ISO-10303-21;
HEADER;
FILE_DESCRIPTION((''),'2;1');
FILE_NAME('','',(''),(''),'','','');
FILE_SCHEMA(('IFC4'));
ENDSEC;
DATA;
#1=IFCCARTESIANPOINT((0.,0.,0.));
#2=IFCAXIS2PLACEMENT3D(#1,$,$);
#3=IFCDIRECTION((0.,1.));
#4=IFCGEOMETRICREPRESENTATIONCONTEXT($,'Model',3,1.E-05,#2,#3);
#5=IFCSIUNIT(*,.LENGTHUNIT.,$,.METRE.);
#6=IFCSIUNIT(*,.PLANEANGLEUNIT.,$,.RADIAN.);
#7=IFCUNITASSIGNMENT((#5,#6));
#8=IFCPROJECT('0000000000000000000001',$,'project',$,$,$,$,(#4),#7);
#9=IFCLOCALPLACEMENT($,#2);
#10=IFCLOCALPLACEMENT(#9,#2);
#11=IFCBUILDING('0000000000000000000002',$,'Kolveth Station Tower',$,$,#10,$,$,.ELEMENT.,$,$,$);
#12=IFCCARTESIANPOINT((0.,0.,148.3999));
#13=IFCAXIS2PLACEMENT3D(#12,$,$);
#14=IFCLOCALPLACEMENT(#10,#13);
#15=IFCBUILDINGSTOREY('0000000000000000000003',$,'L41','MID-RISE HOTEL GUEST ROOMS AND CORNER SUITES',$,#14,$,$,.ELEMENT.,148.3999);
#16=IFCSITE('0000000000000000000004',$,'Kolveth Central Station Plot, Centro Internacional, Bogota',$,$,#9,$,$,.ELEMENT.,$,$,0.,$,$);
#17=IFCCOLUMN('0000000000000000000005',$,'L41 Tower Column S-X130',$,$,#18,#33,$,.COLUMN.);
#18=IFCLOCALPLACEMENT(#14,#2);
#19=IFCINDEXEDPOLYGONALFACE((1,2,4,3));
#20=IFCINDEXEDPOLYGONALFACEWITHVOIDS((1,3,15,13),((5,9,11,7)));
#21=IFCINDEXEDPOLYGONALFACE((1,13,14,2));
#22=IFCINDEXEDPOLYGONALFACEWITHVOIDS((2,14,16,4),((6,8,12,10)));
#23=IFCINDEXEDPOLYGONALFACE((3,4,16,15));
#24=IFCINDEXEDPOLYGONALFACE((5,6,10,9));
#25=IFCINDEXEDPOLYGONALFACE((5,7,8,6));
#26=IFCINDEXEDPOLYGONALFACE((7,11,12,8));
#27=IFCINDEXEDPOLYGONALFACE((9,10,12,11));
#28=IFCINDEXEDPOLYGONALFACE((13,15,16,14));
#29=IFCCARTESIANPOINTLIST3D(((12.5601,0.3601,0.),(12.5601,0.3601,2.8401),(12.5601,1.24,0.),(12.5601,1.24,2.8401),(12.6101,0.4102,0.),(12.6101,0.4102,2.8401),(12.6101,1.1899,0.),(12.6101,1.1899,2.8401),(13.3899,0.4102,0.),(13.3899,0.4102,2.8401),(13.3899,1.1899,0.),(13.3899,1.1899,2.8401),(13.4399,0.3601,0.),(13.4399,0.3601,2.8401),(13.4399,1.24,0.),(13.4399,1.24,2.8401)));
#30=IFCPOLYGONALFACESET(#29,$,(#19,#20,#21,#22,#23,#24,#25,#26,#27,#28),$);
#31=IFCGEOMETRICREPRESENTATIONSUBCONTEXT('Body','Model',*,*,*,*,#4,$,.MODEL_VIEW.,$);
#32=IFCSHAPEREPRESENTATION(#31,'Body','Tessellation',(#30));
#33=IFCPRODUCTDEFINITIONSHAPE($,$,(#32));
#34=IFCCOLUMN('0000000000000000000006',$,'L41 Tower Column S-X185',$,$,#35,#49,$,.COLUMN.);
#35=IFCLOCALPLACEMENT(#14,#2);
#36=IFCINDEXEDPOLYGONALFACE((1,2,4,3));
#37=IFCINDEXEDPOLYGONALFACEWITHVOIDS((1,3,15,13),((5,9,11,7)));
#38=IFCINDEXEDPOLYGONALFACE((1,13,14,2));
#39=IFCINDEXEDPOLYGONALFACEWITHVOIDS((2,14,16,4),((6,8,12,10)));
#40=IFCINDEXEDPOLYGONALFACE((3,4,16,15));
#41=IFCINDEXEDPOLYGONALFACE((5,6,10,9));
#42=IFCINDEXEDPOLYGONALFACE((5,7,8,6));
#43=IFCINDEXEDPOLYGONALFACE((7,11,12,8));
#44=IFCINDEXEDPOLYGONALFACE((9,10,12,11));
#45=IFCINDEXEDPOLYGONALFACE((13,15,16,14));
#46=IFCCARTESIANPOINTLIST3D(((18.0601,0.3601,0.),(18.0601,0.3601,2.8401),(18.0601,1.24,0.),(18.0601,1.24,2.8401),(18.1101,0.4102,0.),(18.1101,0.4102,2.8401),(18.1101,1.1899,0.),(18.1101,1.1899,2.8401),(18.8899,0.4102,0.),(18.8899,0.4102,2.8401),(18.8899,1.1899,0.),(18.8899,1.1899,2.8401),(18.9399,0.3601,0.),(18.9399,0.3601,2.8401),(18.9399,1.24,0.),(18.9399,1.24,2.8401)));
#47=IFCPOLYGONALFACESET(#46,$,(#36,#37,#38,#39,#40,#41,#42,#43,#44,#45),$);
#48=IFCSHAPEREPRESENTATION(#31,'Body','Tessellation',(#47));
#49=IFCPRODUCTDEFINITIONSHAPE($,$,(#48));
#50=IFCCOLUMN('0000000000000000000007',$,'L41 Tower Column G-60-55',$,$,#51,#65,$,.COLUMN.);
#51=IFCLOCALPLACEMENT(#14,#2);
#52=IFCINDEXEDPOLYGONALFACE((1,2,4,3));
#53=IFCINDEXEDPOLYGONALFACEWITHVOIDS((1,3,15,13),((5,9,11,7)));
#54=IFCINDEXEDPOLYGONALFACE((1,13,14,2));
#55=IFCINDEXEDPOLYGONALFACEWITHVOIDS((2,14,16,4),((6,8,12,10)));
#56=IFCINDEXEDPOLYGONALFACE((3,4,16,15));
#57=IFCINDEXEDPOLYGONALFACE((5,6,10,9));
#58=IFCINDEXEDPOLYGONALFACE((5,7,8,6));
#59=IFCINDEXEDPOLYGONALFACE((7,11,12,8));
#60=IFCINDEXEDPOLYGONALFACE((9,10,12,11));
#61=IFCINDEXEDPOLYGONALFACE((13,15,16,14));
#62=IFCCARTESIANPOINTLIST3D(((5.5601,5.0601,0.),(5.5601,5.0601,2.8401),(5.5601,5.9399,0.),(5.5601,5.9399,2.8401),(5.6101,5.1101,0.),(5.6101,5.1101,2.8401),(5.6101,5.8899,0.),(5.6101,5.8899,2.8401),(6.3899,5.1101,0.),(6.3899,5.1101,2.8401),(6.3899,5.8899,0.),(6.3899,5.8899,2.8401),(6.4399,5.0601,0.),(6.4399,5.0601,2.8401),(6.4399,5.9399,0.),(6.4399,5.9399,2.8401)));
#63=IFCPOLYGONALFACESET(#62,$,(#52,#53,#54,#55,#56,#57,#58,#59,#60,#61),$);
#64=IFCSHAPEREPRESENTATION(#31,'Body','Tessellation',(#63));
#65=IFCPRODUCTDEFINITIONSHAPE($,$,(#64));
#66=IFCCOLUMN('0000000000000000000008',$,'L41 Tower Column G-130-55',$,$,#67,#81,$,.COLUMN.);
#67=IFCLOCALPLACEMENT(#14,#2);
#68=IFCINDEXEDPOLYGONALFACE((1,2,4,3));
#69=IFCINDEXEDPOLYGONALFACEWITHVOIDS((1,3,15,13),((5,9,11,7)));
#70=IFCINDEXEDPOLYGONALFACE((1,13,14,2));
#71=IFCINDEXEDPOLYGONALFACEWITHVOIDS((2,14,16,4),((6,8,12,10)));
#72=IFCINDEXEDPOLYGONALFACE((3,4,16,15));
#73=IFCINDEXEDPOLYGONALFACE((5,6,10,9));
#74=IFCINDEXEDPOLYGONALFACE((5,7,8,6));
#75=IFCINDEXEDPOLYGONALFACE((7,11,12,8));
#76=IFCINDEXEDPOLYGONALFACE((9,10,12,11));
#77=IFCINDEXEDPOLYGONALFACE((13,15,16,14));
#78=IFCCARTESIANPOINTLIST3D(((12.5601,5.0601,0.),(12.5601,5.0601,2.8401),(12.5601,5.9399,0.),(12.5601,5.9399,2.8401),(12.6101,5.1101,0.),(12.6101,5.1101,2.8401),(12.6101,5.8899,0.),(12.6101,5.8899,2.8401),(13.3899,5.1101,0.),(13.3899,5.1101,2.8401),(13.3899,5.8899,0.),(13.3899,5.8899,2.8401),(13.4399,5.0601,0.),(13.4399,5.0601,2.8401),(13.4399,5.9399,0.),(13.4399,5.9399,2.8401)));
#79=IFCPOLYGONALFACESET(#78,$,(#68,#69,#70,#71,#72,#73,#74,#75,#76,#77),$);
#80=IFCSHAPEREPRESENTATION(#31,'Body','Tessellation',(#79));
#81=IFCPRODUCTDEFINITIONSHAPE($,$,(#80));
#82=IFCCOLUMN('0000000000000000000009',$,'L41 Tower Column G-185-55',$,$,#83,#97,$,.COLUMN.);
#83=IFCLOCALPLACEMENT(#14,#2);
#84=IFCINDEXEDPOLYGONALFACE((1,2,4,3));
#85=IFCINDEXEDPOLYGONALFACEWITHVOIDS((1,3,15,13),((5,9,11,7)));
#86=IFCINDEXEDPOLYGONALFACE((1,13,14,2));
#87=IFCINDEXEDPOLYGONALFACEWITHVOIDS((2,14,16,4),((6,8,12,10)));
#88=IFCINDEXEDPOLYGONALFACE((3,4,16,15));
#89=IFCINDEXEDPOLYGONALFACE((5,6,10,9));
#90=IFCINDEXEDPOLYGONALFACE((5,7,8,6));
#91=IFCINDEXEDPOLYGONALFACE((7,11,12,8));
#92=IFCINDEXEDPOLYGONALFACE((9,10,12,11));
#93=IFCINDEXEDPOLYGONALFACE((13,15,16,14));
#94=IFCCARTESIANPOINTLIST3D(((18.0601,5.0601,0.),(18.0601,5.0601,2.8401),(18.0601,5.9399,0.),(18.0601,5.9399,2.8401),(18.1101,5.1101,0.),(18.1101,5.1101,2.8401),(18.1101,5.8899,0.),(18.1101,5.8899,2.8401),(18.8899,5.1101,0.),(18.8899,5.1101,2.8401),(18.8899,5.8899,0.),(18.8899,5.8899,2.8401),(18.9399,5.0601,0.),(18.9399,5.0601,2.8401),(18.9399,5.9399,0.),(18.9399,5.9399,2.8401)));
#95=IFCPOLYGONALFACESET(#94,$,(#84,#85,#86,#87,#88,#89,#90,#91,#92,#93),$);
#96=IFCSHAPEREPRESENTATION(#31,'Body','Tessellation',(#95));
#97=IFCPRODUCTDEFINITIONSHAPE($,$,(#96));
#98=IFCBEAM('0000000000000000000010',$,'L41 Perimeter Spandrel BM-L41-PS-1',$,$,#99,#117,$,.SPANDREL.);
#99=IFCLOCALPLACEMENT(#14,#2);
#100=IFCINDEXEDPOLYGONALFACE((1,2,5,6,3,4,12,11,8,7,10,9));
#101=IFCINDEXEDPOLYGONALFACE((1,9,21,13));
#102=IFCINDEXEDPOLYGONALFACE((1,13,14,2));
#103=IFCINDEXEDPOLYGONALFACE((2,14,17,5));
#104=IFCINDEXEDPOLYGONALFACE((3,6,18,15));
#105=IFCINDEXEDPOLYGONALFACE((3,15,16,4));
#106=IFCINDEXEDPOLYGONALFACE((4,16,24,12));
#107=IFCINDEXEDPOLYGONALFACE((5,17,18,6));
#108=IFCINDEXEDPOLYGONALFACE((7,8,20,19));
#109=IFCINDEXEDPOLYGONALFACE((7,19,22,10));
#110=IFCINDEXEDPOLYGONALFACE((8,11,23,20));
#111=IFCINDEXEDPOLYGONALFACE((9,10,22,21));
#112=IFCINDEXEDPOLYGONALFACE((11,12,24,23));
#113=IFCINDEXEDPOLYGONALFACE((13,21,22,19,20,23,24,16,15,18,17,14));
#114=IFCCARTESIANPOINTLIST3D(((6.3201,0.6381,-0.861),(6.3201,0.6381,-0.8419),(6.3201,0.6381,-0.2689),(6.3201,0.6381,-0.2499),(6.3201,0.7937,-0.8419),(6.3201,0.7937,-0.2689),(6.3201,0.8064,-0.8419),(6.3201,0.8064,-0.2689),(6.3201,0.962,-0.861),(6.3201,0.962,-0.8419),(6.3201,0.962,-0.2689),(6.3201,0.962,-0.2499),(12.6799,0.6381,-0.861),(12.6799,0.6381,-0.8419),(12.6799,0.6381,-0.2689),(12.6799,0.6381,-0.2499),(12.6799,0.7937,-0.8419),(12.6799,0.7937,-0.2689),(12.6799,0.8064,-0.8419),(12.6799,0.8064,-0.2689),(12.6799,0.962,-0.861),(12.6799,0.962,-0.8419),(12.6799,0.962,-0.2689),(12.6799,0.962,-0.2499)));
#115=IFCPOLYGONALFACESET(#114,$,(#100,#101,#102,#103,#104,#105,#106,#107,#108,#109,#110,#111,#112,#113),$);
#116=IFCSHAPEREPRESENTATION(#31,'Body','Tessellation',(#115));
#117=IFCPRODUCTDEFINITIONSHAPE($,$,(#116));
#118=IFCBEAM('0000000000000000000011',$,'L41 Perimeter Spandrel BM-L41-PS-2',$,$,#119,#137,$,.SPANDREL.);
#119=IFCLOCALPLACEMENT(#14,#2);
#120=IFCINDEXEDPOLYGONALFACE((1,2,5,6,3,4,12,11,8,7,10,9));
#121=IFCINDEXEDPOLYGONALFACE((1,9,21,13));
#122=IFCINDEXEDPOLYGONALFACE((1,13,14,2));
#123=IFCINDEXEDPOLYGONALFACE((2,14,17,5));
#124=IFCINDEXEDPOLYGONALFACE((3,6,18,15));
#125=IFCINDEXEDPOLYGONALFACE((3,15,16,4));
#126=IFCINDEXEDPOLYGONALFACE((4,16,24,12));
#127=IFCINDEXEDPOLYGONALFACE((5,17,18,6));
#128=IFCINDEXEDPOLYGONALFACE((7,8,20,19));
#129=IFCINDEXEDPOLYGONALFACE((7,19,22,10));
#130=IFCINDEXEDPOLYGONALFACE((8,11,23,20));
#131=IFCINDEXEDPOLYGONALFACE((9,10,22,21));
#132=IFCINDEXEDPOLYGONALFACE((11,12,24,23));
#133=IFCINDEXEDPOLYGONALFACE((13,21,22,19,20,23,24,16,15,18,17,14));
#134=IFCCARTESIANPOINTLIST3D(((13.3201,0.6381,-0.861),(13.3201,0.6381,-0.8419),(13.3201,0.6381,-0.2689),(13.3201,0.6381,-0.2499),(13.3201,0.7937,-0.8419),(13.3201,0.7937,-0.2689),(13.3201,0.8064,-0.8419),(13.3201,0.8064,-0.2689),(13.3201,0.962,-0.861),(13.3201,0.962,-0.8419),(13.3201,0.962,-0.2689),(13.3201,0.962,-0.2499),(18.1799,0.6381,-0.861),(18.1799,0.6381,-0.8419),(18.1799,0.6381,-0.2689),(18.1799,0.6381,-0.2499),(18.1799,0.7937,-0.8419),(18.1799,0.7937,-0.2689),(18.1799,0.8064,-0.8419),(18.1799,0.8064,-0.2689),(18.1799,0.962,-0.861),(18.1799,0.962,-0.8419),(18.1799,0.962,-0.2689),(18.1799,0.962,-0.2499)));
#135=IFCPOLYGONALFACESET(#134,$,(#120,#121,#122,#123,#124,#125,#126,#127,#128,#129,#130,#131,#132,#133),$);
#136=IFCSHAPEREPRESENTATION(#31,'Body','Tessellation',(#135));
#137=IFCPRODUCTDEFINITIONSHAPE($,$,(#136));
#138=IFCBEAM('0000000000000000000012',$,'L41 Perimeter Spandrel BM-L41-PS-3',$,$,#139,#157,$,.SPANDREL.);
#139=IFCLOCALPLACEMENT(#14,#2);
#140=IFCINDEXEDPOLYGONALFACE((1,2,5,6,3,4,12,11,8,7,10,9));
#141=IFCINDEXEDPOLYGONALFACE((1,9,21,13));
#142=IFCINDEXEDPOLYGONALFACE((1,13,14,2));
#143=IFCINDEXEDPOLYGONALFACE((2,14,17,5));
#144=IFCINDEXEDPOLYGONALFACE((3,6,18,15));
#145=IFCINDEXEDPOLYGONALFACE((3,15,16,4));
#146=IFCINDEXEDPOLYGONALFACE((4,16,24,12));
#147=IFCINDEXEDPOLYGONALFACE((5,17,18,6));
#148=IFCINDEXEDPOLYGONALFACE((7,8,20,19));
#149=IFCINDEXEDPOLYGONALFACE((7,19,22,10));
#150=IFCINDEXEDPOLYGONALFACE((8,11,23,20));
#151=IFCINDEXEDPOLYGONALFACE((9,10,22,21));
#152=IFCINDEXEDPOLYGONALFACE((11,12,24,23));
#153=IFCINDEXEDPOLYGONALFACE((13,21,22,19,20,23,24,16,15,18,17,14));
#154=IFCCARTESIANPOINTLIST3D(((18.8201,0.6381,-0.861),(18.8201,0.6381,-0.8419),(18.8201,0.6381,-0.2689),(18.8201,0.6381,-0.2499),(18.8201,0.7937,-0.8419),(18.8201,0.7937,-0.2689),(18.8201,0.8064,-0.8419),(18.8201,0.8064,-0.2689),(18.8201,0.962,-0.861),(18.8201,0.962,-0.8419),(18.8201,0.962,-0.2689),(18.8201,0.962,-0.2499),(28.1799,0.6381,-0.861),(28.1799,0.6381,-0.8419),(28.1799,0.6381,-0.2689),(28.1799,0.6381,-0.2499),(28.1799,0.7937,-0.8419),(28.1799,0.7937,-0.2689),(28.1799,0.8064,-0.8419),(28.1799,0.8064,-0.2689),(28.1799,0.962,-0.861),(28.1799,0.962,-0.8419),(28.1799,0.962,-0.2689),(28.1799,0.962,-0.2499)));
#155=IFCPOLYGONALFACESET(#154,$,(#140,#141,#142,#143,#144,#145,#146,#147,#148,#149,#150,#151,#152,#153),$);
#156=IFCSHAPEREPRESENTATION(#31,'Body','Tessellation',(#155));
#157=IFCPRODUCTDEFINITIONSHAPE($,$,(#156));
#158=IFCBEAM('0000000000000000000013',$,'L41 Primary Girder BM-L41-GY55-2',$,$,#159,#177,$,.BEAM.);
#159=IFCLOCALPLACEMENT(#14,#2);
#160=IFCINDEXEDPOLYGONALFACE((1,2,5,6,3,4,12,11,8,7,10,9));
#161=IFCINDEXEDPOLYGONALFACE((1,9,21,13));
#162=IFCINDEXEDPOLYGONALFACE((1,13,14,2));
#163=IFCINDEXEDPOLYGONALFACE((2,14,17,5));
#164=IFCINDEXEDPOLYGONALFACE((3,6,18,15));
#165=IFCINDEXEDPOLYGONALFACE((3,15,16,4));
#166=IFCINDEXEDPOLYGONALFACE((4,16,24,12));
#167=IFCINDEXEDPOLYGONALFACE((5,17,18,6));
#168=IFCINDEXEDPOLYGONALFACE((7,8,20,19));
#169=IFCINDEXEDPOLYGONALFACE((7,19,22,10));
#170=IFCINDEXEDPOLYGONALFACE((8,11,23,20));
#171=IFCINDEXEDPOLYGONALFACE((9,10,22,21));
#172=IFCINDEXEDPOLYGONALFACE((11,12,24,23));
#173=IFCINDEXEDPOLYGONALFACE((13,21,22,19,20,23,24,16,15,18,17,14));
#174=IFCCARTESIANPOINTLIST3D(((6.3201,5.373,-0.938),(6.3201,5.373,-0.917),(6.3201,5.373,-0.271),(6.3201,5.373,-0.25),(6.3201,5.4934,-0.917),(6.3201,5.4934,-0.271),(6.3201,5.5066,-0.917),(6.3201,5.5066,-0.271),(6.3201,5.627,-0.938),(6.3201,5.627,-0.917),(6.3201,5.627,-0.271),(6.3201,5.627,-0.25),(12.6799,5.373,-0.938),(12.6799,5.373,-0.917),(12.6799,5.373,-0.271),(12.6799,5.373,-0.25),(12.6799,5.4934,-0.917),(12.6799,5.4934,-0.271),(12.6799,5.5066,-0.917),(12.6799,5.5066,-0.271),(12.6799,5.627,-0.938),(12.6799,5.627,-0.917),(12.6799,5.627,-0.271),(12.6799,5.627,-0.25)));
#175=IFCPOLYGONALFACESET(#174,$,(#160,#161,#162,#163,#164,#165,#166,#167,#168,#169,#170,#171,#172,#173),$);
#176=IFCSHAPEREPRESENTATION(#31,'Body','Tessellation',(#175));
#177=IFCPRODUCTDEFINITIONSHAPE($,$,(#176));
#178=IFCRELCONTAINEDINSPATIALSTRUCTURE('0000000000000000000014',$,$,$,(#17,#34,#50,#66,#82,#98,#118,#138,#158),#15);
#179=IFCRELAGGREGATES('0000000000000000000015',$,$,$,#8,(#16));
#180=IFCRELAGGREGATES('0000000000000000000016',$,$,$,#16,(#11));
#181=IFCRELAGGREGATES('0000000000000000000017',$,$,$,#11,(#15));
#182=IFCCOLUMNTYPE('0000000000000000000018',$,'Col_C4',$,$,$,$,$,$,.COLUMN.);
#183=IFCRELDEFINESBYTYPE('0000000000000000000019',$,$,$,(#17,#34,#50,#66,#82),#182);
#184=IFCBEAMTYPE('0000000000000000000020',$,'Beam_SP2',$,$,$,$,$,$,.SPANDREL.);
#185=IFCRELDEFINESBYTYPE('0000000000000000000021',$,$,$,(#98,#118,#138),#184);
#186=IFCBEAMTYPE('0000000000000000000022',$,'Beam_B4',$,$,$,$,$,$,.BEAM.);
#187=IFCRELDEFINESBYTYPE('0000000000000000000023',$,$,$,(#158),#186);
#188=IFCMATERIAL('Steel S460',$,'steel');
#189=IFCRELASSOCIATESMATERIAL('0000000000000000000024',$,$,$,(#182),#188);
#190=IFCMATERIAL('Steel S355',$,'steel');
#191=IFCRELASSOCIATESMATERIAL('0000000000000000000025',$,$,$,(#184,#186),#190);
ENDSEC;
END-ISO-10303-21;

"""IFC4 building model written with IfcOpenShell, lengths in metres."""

from ifc_helpers import new_model, si_unit, direction, frame, origin, origin_2d, place, context, subcontext, project, spatial, hollow_rectangle, i_section, extrude, source, transform, mapped, material, material_profile, profile_set, type_object, element, save


model = new_model("IFC4")

# Units and contexts
model_context = context("Model", 3, precision=1e-05, world=origin(), true_north=direction((0.0, 1.0)))
body_context = subcontext(model_context, "Body", "Model", "MODEL_VIEW")
ifc_project = project(units=[si_unit("LENGTHUNIT", "METRE"), si_unit("PLANEANGLEUNIT", "RADIAN")], contexts=[model_context])

# Site, building, storey
site_placement = place(None, origin())
site = spatial("IfcSite", under=ifc_project, at=site_placement, Name="Kolveth Central Station Plot, Centro Internacional, Bogota", CompositionType="ELEMENT", RefElevation=0.0)
building_placement = place(site_placement, origin())
building = spatial("IfcBuilding", under=site, at=building_placement, Name="Kolveth Station Tower", CompositionType="ELEMENT")
storey_placement = place(building_placement, frame((0.0, 0.0, 148.3999)))
storey = spatial("IfcBuildingStorey", under=building, at=storey_placement, Name="L41", Description="MID-RISE HOTEL GUEST ROOMS AND CORNER SUITES", CompositionType="ELEMENT", Elevation=148.3999)

# Columns
ifc_material_1 = material(Name="Steel S460", Category="steel")
ifc_material_profile_1 = material_profile(ifc_material_1, hollow_rectangle(XDim=0.8799, YDim=0.8799, WallThickness=0.05, at=origin_2d()), Name="BOX880x880x50")
ifc_profile_set_1 = profile_set([ifc_material_profile_1], Name="Steel S460")
column_type = type_object("IfcColumnType", Name="Col_C4", PredefinedType="COLUMN", material=ifc_profile_set_1)
shared_shape_1 = source(origin(), body_context, "Body", "SweptSolid", [
    extrude(hollow_rectangle(XDim=0.8799, YDim=0.8799, WallThickness=0.05, at=origin_2d()), origin(), (0.0, 0.0, 1.0), 2.8401),
])
for number, where, z_axis, x_axis, name in (
    (1, (13.0, 0.8, 0.0), (0.0, 0.0, 1.0), (1.0, 0.0, 0.0), "L41 Tower Column S-X130"),
    (2, (18.5, 0.8, 0.0), (0.0, 0.0, 1.0), (1.0, 0.0, 0.0), "L41 Tower Column S-X185"),
    (3, (6.0, 5.5, 0.0), (0.0, 0.0, 1.0), (1.0, 0.0, 0.0), "L41 Tower Column G-60-55"),
    (4, (13.0, 5.5, 0.0), (0.0, 0.0, 1.0), (1.0, 0.0, 0.0), "L41 Tower Column G-130-55"),
    (5, (18.5, 5.5, 0.0), (0.0, 0.0, 1.0), (1.0, 0.0, 0.0), "L41 Tower Column G-185-55"),
):
    element("IfcColumn", number, at=place(storey_placement, frame(where, z_axis=z_axis, x_axis=x_axis)), inside=storey, type_object=column_type, Name=name, PredefinedType="COLUMN", context=body_context, shape_type="MappedRepresentation", body=[
        mapped(shared_shape_1, transform((0.0, 0.0, 0.0), x_axis=(1.0, 0.0, 0.0), y_axis=(0.0, 1.0, 0.0), z_axis=(0.0, 0.0, 1.0), scale=1.0)),
    ])

# Beams
ifc_material_2 = material(Name="Steel S355", Category="steel")
ifc_material_profile_2 = material_profile(ifc_material_2, i_section(OverallWidth=0.324, OverallDepth=0.6111, WebThickness=0.0127, FlangeThickness=0.019, at=origin_2d()), Name="W610x155")
ifc_profile_set_2 = profile_set([ifc_material_profile_2], Name="Steel S355")
beam_type_1 = type_object("IfcBeamType", Name="Beam_SP2", PredefinedType="SPANDREL", material=ifc_profile_set_2)
shared_shape_2 = source(origin(), body_context, "Body", "SweptSolid", [
    extrude(i_section(OverallWidth=0.324, OverallDepth=0.6111, WebThickness=0.0127, FlangeThickness=0.019, at=origin_2d()), origin(), (0.0, 0.0, 1.0), 6.3599),
])
beam_1_placement = place(storey_placement, frame((6.3201, 0.8, -0.5554), z_axis=(1.0, 0.0, 0.0), x_axis=(0.0, 1.0, 0.0)))
element("IfcBeam", 6, at=beam_1_placement, inside=storey, type_object=beam_type_1, Name="L41 Perimeter Spandrel BM-L41-PS-1", PredefinedType="SPANDREL", context=body_context, shape_type="MappedRepresentation", body=[
    mapped(shared_shape_2, transform((0.0, 0.0, 0.0), x_axis=(1.0, 0.0, 0.0), y_axis=(0.0, 1.0, 0.0), z_axis=(0.0, 0.0, 1.0), scale=1.0)),
])
shared_shape_3 = source(origin(), body_context, "Body", "SweptSolid", [
    extrude(i_section(OverallWidth=0.324, OverallDepth=0.6111, WebThickness=0.0127, FlangeThickness=0.019, at=origin_2d()), origin(), (0.0, 0.0, 1.0), 4.8599),
])
beam_2_placement = place(storey_placement, frame((13.3201, 0.8, -0.5554), z_axis=(1.0, 0.0, 0.0), x_axis=(0.0, 1.0, 0.0)))
element("IfcBeam", 7, at=beam_2_placement, inside=storey, type_object=beam_type_1, Name="L41 Perimeter Spandrel BM-L41-PS-2", PredefinedType="SPANDREL", context=body_context, shape_type="MappedRepresentation", body=[
    mapped(shared_shape_3, transform((0.0, 0.0, 0.0), x_axis=(1.0, 0.0, 0.0), y_axis=(0.0, 1.0, 0.0), z_axis=(0.0, 0.0, 1.0), scale=1.0)),
])
shared_shape_4 = source(origin(), body_context, "Body", "SweptSolid", [
    extrude(i_section(OverallWidth=0.324, OverallDepth=0.6111, WebThickness=0.0127, FlangeThickness=0.019, at=origin_2d()), origin(), (0.0, 0.0, 1.0), 9.3599),
])
beam_3_placement = place(storey_placement, frame((18.8201, 0.8, -0.5554), z_axis=(1.0, 0.0, 0.0), x_axis=(0.0, 1.0, 0.0)))
element("IfcBeam", 8, at=beam_3_placement, inside=storey, type_object=beam_type_1, Name="L41 Perimeter Spandrel BM-L41-PS-3", PredefinedType="SPANDREL", context=body_context, shape_type="MappedRepresentation", body=[
    mapped(shared_shape_4, transform((0.0, 0.0, 0.0), x_axis=(1.0, 0.0, 0.0), y_axis=(0.0, 1.0, 0.0), z_axis=(0.0, 0.0, 1.0), scale=1.0)),
])
ifc_material_profile_3 = material_profile(ifc_material_2, i_section(OverallWidth=0.2539, OverallDepth=0.688, WebThickness=0.0132, FlangeThickness=0.021, at=origin_2d()), Name="W690x152")
ifc_profile_set_3 = profile_set([ifc_material_profile_3], Name="Steel S355")
beam_type_2 = type_object("IfcBeamType", Name="Beam_B4", PredefinedType="BEAM", material=ifc_profile_set_3)
shared_shape_5 = source(origin(), body_context, "Body", "SweptSolid", [
    extrude(i_section(OverallWidth=0.2539, OverallDepth=0.688, WebThickness=0.0132, FlangeThickness=0.021, at=origin_2d()), origin(), (0.0, 0.0, 1.0), 6.3599),
])
beam_4_placement = place(storey_placement, frame((6.3201, 5.5, -0.594), z_axis=(1.0, 0.0, 0.0), x_axis=(0.0, 1.0, 0.0)))
element("IfcBeam", 9, at=beam_4_placement, inside=storey, type_object=beam_type_2, Name="L41 Primary Girder BM-L41-GY55-2", PredefinedType="BEAM", context=body_context, shape_type="MappedRepresentation", body=[
    mapped(shared_shape_5, transform((0.0, 0.0, 0.0), x_axis=(1.0, 0.0, 0.0), y_axis=(0.0, 1.0, 0.0), z_axis=(0.0, 0.0, 1.0), scale=1.0)),
])

save(model, "model.ifc")
